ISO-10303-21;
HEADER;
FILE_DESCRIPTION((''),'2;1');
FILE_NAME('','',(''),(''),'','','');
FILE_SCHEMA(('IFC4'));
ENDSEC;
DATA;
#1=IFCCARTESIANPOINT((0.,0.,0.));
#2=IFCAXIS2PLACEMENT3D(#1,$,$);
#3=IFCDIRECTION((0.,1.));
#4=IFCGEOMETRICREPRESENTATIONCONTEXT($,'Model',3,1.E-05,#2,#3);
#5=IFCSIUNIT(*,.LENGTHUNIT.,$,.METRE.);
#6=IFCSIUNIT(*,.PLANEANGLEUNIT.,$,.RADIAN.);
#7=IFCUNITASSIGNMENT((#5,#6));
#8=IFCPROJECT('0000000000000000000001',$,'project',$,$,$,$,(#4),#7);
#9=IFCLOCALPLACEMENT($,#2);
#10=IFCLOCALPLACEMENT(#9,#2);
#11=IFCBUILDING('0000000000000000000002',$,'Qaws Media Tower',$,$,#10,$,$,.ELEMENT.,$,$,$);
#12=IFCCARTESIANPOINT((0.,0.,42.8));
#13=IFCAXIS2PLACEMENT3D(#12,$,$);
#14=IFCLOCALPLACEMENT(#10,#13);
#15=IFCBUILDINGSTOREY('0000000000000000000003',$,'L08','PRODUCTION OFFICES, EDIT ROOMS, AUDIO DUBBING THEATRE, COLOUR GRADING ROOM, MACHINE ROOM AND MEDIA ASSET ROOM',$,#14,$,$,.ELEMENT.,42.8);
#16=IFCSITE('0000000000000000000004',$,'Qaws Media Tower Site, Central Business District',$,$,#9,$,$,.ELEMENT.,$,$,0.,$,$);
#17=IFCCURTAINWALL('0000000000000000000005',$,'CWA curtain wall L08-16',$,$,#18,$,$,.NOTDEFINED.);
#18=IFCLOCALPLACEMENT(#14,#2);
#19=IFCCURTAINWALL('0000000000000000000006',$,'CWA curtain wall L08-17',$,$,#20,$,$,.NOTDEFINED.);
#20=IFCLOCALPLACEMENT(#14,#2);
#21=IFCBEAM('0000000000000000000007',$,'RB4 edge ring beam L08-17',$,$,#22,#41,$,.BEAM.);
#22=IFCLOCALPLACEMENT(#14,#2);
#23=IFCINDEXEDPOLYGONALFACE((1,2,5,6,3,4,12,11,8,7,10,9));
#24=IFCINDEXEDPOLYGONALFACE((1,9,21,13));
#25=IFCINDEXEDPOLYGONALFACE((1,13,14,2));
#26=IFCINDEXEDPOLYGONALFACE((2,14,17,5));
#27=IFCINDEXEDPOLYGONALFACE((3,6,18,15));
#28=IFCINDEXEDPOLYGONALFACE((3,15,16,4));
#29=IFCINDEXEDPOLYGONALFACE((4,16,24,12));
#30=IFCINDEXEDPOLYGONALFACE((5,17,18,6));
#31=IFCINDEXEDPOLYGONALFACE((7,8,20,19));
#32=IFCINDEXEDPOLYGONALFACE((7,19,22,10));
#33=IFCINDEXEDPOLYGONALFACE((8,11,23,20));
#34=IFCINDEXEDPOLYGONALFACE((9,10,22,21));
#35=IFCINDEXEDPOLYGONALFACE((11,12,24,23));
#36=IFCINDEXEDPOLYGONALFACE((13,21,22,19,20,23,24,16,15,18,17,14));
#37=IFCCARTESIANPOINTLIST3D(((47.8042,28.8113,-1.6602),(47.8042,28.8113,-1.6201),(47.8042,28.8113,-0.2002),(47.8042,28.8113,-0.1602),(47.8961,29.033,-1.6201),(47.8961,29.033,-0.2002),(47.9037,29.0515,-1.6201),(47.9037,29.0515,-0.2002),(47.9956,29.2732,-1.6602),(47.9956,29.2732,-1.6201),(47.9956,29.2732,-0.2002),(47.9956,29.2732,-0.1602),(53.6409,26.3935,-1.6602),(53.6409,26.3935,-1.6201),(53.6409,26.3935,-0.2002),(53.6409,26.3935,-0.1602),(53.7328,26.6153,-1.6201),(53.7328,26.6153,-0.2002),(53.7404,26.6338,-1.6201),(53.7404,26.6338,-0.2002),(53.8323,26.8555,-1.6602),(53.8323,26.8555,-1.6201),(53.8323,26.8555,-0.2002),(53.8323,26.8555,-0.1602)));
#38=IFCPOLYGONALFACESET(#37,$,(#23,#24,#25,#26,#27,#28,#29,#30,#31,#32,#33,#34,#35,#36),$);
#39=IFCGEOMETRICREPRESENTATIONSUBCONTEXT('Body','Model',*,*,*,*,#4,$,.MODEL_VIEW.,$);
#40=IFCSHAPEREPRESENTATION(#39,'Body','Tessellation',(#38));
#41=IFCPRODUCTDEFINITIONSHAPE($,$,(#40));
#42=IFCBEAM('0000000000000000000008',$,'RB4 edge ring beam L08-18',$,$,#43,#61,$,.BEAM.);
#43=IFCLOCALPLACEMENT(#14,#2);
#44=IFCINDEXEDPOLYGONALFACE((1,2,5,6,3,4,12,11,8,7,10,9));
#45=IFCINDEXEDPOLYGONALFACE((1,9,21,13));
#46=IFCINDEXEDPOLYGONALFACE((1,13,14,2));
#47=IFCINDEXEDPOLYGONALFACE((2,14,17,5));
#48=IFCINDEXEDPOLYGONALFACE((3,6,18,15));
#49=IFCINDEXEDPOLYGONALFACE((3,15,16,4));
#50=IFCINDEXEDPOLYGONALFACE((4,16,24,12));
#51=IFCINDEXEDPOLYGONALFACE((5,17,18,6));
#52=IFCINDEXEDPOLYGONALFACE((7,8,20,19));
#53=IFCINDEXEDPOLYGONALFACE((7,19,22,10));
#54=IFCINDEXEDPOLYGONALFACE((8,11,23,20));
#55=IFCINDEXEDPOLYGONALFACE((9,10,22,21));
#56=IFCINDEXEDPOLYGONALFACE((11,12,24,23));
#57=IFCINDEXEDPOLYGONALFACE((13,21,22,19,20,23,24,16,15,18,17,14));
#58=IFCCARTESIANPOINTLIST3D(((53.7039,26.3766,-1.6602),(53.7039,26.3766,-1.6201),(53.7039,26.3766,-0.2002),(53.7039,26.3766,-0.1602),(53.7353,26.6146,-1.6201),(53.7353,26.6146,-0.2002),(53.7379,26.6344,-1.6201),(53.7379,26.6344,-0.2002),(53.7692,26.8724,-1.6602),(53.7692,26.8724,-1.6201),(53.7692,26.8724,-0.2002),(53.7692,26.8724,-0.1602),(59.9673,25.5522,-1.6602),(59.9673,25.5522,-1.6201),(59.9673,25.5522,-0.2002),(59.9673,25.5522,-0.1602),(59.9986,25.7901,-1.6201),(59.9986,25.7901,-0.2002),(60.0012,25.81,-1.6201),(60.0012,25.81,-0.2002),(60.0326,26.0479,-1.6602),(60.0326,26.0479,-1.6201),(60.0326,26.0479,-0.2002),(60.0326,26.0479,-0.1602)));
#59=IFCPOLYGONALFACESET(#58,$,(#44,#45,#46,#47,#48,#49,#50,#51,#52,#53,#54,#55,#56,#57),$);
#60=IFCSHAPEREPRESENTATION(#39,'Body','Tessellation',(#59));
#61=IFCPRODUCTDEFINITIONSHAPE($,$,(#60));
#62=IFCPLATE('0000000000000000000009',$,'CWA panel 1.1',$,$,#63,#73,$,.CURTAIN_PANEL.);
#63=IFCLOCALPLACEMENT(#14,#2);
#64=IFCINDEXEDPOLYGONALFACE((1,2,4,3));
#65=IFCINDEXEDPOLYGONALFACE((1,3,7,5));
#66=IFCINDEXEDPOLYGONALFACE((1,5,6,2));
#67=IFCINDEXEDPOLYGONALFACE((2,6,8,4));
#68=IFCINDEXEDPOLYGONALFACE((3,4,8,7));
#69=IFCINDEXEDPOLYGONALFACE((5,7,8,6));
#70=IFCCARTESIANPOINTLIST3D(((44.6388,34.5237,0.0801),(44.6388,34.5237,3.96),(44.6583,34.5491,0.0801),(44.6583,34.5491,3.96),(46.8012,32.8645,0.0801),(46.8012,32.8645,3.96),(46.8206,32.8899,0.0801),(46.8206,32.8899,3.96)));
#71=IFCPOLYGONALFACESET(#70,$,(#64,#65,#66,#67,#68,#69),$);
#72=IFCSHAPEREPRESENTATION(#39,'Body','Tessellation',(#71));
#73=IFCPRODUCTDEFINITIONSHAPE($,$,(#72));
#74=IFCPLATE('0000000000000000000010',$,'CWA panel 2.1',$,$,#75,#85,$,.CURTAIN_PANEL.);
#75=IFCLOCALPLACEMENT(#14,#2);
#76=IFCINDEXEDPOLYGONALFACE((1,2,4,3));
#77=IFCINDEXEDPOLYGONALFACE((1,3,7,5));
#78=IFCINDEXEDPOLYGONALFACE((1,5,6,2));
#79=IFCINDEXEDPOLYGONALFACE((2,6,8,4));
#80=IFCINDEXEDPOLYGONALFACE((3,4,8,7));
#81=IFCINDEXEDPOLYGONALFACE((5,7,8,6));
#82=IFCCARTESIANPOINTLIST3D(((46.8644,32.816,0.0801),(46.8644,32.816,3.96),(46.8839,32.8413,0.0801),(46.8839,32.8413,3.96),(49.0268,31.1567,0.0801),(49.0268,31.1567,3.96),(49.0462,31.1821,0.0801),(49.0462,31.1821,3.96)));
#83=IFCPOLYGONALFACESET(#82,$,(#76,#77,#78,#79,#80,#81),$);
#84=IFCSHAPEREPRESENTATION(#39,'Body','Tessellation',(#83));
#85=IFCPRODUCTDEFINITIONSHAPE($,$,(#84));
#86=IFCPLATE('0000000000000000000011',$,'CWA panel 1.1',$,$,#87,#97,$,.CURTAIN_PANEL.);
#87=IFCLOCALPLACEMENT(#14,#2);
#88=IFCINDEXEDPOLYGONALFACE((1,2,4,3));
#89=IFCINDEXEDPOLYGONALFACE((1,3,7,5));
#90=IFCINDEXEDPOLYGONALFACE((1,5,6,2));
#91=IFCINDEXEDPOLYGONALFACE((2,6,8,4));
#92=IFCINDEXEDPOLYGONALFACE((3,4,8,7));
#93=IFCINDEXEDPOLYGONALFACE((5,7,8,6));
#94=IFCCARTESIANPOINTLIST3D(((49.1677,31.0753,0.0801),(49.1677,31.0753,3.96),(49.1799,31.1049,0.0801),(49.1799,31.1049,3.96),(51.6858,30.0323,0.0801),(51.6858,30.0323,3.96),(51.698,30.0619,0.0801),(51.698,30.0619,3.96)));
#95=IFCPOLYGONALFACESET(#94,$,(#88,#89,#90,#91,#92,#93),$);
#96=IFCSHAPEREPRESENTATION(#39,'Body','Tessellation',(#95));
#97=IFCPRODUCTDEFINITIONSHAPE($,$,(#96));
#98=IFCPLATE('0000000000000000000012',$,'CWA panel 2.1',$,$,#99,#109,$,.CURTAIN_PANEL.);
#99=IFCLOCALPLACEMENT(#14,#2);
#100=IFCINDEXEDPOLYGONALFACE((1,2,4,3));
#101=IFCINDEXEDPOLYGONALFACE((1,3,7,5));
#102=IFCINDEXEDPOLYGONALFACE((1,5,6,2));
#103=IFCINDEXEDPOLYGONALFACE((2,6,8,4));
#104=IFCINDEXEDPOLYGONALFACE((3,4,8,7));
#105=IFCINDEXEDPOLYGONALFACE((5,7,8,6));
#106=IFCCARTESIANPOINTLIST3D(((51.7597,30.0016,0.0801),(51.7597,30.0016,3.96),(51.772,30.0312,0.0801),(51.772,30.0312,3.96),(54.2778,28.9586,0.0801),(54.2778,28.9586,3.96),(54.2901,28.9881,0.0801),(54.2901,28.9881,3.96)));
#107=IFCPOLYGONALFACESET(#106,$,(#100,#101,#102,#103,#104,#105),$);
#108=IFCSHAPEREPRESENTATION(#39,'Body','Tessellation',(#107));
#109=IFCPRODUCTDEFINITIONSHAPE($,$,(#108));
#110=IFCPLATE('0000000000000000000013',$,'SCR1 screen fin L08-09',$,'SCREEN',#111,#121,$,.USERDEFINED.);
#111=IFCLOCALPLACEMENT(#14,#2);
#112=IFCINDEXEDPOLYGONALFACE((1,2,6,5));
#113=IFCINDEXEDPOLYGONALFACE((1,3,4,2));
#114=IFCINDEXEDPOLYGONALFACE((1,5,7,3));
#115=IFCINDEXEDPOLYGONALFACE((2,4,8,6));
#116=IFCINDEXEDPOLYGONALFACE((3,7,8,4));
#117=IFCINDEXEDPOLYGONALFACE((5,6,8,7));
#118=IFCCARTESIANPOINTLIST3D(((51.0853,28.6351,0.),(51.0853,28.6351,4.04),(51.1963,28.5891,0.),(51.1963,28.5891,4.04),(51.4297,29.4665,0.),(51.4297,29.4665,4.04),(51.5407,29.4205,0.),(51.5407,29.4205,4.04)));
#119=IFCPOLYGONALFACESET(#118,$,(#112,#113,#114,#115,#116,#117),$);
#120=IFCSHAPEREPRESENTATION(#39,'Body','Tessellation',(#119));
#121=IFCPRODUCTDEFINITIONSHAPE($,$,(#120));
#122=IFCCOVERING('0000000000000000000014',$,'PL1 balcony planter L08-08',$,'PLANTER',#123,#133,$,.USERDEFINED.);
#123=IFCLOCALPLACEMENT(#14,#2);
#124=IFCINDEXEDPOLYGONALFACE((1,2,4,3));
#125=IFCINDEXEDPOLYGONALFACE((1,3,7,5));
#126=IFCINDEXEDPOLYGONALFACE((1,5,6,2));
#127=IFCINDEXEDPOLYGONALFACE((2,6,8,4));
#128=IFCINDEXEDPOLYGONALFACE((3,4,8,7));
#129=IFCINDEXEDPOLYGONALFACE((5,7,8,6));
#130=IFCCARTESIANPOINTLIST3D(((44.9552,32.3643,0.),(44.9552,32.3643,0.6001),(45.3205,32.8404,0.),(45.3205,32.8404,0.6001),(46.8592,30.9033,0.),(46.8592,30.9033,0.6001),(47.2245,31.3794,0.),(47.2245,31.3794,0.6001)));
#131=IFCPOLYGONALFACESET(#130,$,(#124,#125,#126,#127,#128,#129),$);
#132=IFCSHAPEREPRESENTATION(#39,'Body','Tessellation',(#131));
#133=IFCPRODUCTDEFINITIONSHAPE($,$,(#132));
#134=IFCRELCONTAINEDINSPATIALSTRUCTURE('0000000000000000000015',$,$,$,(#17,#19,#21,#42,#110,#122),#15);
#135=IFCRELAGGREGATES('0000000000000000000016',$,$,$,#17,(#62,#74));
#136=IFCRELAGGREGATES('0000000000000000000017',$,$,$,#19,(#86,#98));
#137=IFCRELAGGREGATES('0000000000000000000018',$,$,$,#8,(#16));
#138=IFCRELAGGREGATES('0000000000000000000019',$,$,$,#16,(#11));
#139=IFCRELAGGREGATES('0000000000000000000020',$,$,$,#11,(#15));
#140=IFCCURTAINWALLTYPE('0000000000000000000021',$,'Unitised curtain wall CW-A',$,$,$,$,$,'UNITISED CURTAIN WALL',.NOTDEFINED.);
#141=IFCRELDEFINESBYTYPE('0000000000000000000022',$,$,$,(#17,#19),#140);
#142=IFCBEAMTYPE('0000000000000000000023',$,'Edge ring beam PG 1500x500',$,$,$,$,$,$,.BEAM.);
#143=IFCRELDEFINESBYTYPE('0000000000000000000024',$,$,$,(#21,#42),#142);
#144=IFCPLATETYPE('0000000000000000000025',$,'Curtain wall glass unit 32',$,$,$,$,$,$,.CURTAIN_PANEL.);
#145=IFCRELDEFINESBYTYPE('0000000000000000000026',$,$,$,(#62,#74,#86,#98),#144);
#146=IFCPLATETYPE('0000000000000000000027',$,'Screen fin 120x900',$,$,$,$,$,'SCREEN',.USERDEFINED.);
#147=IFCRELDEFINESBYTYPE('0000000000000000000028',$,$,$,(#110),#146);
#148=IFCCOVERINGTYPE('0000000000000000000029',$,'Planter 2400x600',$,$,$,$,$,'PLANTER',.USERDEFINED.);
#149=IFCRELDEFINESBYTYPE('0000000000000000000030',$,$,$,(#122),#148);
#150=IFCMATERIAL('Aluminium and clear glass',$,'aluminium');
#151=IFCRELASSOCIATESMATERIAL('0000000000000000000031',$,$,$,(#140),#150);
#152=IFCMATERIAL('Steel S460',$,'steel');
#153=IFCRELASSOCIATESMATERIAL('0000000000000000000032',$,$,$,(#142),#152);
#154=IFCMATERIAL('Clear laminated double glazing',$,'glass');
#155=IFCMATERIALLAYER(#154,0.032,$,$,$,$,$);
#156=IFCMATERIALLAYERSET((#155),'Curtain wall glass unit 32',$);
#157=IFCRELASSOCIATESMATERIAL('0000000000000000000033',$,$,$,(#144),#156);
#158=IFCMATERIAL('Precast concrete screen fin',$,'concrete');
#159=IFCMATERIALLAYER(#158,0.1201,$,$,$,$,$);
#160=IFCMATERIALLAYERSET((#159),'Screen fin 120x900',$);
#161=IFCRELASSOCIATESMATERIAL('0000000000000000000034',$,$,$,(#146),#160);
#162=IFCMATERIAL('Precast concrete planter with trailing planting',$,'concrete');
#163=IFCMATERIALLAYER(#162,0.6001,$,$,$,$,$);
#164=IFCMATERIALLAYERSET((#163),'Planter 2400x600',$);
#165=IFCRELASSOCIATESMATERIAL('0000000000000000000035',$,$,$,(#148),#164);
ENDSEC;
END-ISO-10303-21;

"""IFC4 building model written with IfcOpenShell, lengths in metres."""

from ifc_helpers import new_model, si_unit, direction, frame, origin, origin_2d, place, context, subcontext, project, spatial, rectangle, i_section, extrude, material, layer, layer_set, material_profile, profile_set, type_object, element, aggregate, save


model = new_model("IFC4")

# Units and contexts
model_context = context("Model", 3, precision=1e-05, world=origin(), true_north=direction((0.0, 1.0)))
body_context = subcontext(model_context, "Body", "Model", "MODEL_VIEW")
ifc_project = project(units=[si_unit("LENGTHUNIT", "METRE"), si_unit("PLANEANGLEUNIT", "RADIAN")], contexts=[model_context])

# Site, building, storey
site_placement = place(None, origin())
site = spatial("IfcSite", under=ifc_project, at=site_placement, Name="Qaws Media Tower Site, Central Business District", CompositionType="ELEMENT", RefElevation=0.0)
building_placement = place(site_placement, origin())
building = spatial("IfcBuilding", under=site, at=building_placement, Name="Qaws Media Tower", CompositionType="ELEMENT")
storey_placement = place(building_placement, frame((0.0, 0.0, 42.8)))
storey = spatial("IfcBuildingStorey", under=building, at=storey_placement, Name="L08", Description="PRODUCTION OFFICES, EDIT ROOMS, AUDIO DUBBING THEATRE, COLOUR GRADING ROOM, MACHINE ROOM AND MEDIA ASSET ROOM", CompositionType="ELEMENT", Elevation=42.8)

# Curtain walls
ifc_material_1 = material(Name="Aluminium and clear glass", Category="aluminium")
curtain_wall_type = type_object("IfcCurtainWallType", Name="Unitised curtain wall CW-A", ElementType="UNITISED CURTAIN WALL", PredefinedType="NOTDEFINED", material=ifc_material_1)
curtain_wall_1_placement = place(storey_placement, origin())
curtain_wall_1 = element("IfcCurtainWall", 1, at=curtain_wall_1_placement, inside=storey, type_object=curtain_wall_type, Name="CWA curtain wall L08-16", PredefinedType="NOTDEFINED")
curtain_wall_2_placement = place(storey_placement, origin())
curtain_wall_2 = element("IfcCurtainWall", 2, at=curtain_wall_2_placement, inside=storey, type_object=curtain_wall_type, Name="CWA curtain wall L08-17", PredefinedType="NOTDEFINED")

# Beams
ifc_material_2 = material(Name="Steel S460", Category="steel")
ifc_material_profile_1 = material_profile(ifc_material_2, i_section(OverallWidth=0.5, OverallDepth=1.5, WebThickness=0.02, FlangeThickness=0.04, at=origin_2d()), Name="PG 1500x500")
ifc_profile_set_1 = profile_set([ifc_material_profile_1], Name="Steel S460")
beam_type = type_object("IfcBeamType", Name="Edge ring beam PG 1500x500", PredefinedType="BEAM", material=ifc_profile_set_1)
beam_1_placement = place(storey_placement, frame((47.8999, 29.0422, -0.9102), z_axis=(0.923874, -0.382697, 0.0), x_axis=(0.382697, 0.923874, 0.0)))
element("IfcBeam", 3, at=beam_1_placement, inside=storey, type_object=beam_type, Name="RB4 edge ring beam L08-17", PredefinedType="BEAM", context=body_context, shape_type="SweptSolid", body=[
    extrude(i_section(OverallWidth=0.5, OverallDepth=1.5, WebThickness=0.02, FlangeThickness=0.04, at=origin_2d()), origin(), (0.0, 0.0, 1.0), 6.3176),
])
beam_2_placement = place(storey_placement, frame((53.7366, 26.6245, -0.9102), z_axis=(0.991448, -0.130505, 0.0), x_axis=(0.130505, 0.991448, 0.0)))
element("IfcBeam", 4, at=beam_2_placement, inside=storey, type_object=beam_type, Name="RB4 edge ring beam L08-18", PredefinedType="BEAM", context=body_context, shape_type="SweptSolid", body=[
    extrude(i_section(OverallWidth=0.5, OverallDepth=1.5, WebThickness=0.02, FlangeThickness=0.04, at=origin_2d()), origin(), (0.0, 0.0, 1.0), 6.3174),
])

# Plates
ifc_material_3 = material(Name="Clear laminated double glazing", Category="glass")
ifc_layer_1 = layer(ifc_material_3, 0.032)
ifc_layer_set_1 = layer_set([ifc_layer_1], Name="Curtain wall glass unit 32")
plate_type_1 = type_object("IfcPlateType", Name="Curtain wall glass unit 32", PredefinedType="CURTAIN_PANEL", material=ifc_layer_set_1)
plate_1_placement = place(storey_placement, frame((45.7297, 33.7068, 0.0801), z_axis=(0.0, 0.0, 1.0), x_axis=(0.793353, -0.608761, 0.0)))
plate_1 = element("IfcPlate", 5, at=plate_1_placement, type_object=plate_type_1, Name="CWA panel 1.1", PredefinedType="CURTAIN_PANEL", context=body_context, shape_type="SweptSolid", body=[
    extrude(rectangle(XDim=2.7256, YDim=0.032, at=origin_2d()), origin(), (0.0, 0.0, 1.0), 3.8799),
])
plate_2_placement = place(storey_placement, frame((47.9553, 31.999, 0.0801), z_axis=(0.0, 0.0, 1.0), x_axis=(0.793353, -0.608761, 0.0)))
plate_2 = element("IfcPlate", 6, at=plate_2_placement, type_object=plate_type_1, Name="CWA panel 2.1", PredefinedType="CURTAIN_PANEL", context=body_context, shape_type="SweptSolid", body=[
    extrude(rectangle(XDim=2.7256, YDim=0.032, at=origin_2d()), origin(), (0.0, 0.0, 1.0), 3.8799),
])
aggregate(curtain_wall_1, [plate_1, plate_2])
plate_3_placement = place(storey_placement, frame((50.4329, 30.5686, 0.0801), z_axis=(0.0, 0.0, 1.0), x_axis=(0.92388, -0.382683, 0.0)))
plate_3 = element("IfcPlate", 7, at=plate_3_placement, type_object=plate_type_1, Name="CWA panel 1.1", PredefinedType="CURTAIN_PANEL", context=body_context, shape_type="SweptSolid", body=[
    extrude(rectangle(XDim=2.7256, YDim=0.032, at=origin_2d()), origin(), (0.0, 0.0, 1.0), 3.8799),
])
plate_4_placement = place(storey_placement, frame((53.0249, 29.4949, 0.0801), z_axis=(0.0, 0.0, 1.0), x_axis=(0.92388, -0.382683, 0.0)))
plate_4 = element("IfcPlate", 8, at=plate_4_placement, type_object=plate_type_1, Name="CWA panel 2.1", PredefinedType="CURTAIN_PANEL", context=body_context, shape_type="SweptSolid", body=[
    extrude(rectangle(XDim=2.7256, YDim=0.032, at=origin_2d()), origin(), (0.0, 0.0, 1.0), 3.8799),
])
aggregate(curtain_wall_2, [plate_3, plate_4])
ifc_material_4 = material(Name="Precast concrete screen fin", Category="concrete")
ifc_layer_2 = layer(ifc_material_4, 0.1201)
ifc_layer_set_2 = layer_set([ifc_layer_2], Name="Screen fin 120x900")
plate_type_2 = type_object("IfcPlateType", Name="Screen fin 120x900", ElementType="SCREEN", PredefinedType="USERDEFINED", material=ifc_layer_set_2)
plate_5_placement = place(storey_placement, frame((51.313, 29.0278, 0.0), z_axis=(0.0, 0.0, 1.0), x_axis=(-0.382683, -0.92388, 0.0)))
element("IfcPlate", 9, at=plate_5_placement, inside=storey, type_object=plate_type_2, Name="SCR1 screen fin L08-09", ObjectType="SCREEN", PredefinedType="USERDEFINED", context=body_context, shape_type="SweptSolid", body=[
    extrude(rectangle(XDim=0.8999, YDim=0.1201, at=origin_2d()), origin(), (0.0, 0.0, 1.0), 4.04),
])

# Covering
ifc_material_5 = material(Name="Precast concrete planter with trailing planting", Category="concrete")
ifc_layer_3 = layer(ifc_material_5, 0.6001)
ifc_layer_set_3 = layer_set([ifc_layer_3], Name="Planter 2400x600")
covering_type = type_object("IfcCoveringType", Name="Planter 2400x600", ElementType="PLANTER", PredefinedType="USERDEFINED", material=ifc_layer_set_3)
covering_placement = place(storey_placement, frame((46.0898, 31.8718, 0.0), z_axis=(0.0, 0.0, 1.0), x_axis=(0.793353, -0.608761, 0.0)))
element("IfcCovering", 10, at=covering_placement, inside=storey, type_object=covering_type, Name="PL1 balcony planter L08-08", ObjectType="PLANTER", PredefinedType="USERDEFINED", context=body_context, shape_type="SweptSolid", body=[
    extrude(rectangle(XDim=2.3999, YDim=0.6001, at=origin_2d()), origin(), (0.0, 0.0, 1.0), 0.6001),
])

save(model, "model.ifc")
